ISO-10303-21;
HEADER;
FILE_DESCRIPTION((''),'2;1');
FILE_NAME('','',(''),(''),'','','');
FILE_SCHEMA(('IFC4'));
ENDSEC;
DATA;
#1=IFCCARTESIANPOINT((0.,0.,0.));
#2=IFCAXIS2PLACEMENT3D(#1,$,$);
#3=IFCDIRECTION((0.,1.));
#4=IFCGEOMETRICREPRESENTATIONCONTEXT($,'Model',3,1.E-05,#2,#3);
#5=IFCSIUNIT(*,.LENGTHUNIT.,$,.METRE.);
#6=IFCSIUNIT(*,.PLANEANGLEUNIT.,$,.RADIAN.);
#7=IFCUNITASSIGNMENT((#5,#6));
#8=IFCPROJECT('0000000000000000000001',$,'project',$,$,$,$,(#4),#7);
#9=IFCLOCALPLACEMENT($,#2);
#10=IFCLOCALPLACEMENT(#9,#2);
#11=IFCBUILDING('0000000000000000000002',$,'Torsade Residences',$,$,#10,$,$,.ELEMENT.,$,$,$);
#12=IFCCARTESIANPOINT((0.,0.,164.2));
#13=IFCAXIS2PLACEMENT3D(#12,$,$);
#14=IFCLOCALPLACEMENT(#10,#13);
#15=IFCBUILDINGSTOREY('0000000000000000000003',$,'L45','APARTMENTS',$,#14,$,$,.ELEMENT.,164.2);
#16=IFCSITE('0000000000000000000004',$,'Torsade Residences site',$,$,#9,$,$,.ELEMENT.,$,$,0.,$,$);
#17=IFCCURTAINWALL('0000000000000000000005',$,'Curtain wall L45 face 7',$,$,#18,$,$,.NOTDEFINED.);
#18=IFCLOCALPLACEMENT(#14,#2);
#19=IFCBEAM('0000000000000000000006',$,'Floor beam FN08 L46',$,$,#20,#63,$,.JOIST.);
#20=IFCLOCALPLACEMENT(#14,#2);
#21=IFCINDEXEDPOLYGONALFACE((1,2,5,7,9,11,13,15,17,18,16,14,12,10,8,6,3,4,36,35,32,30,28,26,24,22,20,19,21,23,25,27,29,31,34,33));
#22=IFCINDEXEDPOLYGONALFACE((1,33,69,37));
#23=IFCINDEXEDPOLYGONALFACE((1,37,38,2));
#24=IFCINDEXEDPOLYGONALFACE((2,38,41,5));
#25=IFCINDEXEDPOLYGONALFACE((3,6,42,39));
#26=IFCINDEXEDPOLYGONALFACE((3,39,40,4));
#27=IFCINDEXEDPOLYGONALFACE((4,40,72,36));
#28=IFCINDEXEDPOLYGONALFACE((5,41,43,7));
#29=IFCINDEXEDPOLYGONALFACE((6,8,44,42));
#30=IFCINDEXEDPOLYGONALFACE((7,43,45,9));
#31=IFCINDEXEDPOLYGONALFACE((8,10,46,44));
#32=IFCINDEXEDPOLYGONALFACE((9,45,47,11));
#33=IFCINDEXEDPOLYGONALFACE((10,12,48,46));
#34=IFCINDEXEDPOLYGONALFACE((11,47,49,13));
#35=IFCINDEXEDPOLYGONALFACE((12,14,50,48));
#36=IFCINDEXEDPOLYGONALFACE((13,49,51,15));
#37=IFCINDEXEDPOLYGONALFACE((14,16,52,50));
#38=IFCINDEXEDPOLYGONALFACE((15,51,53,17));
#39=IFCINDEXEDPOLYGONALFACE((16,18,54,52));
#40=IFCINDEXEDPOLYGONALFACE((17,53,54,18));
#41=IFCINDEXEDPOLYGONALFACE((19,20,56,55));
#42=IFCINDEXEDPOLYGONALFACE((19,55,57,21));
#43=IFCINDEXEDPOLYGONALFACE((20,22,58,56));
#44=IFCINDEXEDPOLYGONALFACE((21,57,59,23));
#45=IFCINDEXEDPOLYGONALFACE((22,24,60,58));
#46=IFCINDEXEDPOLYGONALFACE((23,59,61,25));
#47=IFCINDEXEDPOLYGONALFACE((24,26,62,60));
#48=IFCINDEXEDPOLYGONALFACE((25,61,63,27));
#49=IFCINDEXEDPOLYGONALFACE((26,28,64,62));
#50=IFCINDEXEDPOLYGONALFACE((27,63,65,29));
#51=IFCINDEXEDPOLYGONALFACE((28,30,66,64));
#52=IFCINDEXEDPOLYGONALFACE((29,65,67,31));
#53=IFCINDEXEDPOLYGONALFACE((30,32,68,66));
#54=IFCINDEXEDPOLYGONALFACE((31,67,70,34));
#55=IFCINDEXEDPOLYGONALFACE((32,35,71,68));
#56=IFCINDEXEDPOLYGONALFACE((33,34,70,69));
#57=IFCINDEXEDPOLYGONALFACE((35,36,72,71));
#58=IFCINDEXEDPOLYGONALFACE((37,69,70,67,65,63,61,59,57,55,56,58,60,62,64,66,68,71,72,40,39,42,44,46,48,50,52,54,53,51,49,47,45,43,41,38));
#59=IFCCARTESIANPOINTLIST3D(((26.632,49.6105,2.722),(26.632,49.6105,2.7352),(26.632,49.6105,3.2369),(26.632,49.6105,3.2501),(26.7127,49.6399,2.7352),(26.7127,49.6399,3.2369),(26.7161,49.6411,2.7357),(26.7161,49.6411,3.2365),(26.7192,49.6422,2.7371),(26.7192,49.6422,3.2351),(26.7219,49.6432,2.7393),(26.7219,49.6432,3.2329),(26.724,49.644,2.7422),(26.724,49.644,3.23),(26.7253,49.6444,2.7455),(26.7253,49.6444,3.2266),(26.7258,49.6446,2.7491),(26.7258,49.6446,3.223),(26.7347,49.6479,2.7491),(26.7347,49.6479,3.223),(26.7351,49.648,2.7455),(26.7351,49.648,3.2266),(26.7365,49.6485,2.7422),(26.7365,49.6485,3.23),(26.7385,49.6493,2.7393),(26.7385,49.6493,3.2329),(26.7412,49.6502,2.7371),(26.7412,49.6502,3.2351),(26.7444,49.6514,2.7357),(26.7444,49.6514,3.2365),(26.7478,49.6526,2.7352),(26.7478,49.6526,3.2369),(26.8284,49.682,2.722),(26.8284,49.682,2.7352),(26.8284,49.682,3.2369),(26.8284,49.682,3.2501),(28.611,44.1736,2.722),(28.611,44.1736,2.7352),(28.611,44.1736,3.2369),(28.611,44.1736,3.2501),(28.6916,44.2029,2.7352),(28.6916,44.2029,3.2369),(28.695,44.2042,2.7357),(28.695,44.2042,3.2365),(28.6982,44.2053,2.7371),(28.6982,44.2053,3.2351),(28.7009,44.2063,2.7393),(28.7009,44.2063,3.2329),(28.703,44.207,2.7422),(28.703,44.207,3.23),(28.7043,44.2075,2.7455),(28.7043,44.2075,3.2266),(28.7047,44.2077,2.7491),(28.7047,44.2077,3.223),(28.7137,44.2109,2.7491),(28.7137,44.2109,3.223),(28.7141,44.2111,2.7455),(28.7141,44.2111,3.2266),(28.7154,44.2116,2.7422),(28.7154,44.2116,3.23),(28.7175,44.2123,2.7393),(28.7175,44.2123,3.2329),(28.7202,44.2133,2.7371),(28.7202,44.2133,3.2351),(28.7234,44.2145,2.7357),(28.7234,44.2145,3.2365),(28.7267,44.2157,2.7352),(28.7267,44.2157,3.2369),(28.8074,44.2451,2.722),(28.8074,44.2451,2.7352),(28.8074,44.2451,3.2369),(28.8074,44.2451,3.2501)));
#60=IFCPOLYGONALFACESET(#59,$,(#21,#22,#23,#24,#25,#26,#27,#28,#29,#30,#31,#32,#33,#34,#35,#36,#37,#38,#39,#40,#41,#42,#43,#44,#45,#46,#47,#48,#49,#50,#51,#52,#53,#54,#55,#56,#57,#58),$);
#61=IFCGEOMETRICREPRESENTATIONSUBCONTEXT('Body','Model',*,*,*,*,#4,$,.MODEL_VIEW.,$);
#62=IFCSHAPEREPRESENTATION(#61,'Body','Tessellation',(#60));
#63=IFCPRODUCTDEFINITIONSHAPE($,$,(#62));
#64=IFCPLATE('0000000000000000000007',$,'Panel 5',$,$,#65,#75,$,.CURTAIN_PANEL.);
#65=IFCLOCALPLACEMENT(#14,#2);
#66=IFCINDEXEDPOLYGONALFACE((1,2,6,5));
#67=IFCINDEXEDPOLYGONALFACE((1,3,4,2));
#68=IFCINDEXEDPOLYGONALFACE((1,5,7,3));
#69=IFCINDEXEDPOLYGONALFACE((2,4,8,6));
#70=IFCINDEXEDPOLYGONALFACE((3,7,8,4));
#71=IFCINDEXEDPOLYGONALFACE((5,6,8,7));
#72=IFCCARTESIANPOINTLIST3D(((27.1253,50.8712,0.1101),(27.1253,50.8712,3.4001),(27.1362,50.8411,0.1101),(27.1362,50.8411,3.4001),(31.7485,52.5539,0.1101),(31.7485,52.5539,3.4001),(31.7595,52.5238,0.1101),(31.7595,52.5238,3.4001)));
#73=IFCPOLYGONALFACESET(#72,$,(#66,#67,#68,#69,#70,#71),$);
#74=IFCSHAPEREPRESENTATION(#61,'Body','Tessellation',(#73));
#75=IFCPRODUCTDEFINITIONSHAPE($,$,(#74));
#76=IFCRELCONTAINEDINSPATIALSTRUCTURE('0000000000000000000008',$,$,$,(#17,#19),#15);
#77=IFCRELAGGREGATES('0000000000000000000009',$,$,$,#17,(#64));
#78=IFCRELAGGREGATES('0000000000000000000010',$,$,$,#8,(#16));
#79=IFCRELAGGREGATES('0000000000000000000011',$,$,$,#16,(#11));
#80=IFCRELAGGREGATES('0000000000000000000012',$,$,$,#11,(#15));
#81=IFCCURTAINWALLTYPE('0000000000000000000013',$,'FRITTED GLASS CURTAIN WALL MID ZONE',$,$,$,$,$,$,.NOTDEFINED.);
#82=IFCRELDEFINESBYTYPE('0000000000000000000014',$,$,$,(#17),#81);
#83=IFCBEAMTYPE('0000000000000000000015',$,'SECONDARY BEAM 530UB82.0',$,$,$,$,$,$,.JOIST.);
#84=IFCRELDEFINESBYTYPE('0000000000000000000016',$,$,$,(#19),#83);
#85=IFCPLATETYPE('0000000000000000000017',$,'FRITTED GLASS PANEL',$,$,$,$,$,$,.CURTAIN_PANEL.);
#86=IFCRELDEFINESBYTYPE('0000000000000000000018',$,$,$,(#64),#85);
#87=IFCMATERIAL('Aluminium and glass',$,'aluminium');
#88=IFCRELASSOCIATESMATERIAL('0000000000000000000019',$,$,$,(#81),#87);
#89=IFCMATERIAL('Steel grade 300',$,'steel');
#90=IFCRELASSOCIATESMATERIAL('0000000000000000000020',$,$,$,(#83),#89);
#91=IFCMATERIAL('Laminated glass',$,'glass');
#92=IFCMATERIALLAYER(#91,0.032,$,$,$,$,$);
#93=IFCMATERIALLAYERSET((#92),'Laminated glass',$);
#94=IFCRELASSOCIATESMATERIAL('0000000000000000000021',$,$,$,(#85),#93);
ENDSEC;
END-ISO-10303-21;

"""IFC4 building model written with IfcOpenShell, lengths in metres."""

from ifc_helpers import new_model, si_unit, direction, frame, origin, origin_2d, place, context, subcontext, project, spatial, rectangle, i_section, extrude, material, layer, layer_set, material_profile, profile_set, type_object, element, aggregate, save


model = new_model("IFC4")

# Units and contexts
model_context = context("Model", 3, precision=1e-05, world=origin(), true_north=direction((0.0, 1.0)))
body_context = subcontext(model_context, "Body", "Model", "MODEL_VIEW")
ifc_project = project(units=[si_unit("LENGTHUNIT", "METRE"), si_unit("PLANEANGLEUNIT", "RADIAN")], contexts=[model_context])

# Site, building, storey
site_placement = place(None, origin())
site = spatial("IfcSite", under=ifc_project, at=site_placement, Name="Torsade Residences site", CompositionType="ELEMENT", RefElevation=0.0)
building_placement = place(site_placement, origin())
building = spatial("IfcBuilding", under=site, at=building_placement, Name="Torsade Residences", CompositionType="ELEMENT")
storey_placement = place(building_placement, frame((0.0, 0.0, 164.2)))
storey = spatial("IfcBuildingStorey", under=building, at=storey_placement, Name="L45", Description="APARTMENTS", CompositionType="ELEMENT", Elevation=164.2)

# Curtain wall
ifc_material_1 = material(Name="Aluminium and glass", Category="aluminium")
curtain_wall_type = type_object("IfcCurtainWallType", Name="FRITTED GLASS CURTAIN WALL MID ZONE", PredefinedType="NOTDEFINED", material=ifc_material_1)
curtain_wall_placement = place(storey_placement, origin())
curtain_wall = element("IfcCurtainWall", 1, at=curtain_wall_placement, inside=storey, type_object=curtain_wall_type, Name="Curtain wall L45 face 7", PredefinedType="NOTDEFINED")

# Beam
ifc_material_2 = material(Name="Steel grade 300", Category="steel")
ifc_material_profile_1 = material_profile(ifc_material_2, i_section(OverallWidth=0.209, OverallDepth=0.5281, WebThickness=0.0095, FlangeThickness=0.0132, FilletRadius=0.0139, at=origin_2d()), Name="530UB82.0")
ifc_profile_set_1 = profile_set([ifc_material_profile_1], Name="Steel grade 300")
beam_type_1 = type_object("IfcBeamType", Name="SECONDARY BEAM 530UB82.0", PredefinedType="JOIST", material=ifc_profile_set_1)
beam_1_placement = place(storey_placement, frame((26.7302, 49.6462, 2.9861), z_axis=(0.342034, -0.939687, 0.0), x_axis=(0.939687, 0.342034, 0.0)))
element("IfcBeam", 2, at=beam_1_placement, inside=storey, type_object=beam_type_1, Name="Floor beam FN08 L46", PredefinedType="JOIST", context=body_context, shape_type="SweptSolid", body=[
    extrude(i_section(OverallWidth=0.209, OverallDepth=0.5281, WebThickness=0.0095, FlangeThickness=0.0132, FilletRadius=0.0139, at=origin_2d()), origin(), (0.0, 0.0, 1.0), 5.7859),
])

# Plate
ifc_material_3 = material(Name="Laminated glass", Category="glass")
ifc_layer_1 = layer(ifc_material_3, 0.032)
ifc_layer_set_1 = layer_set([ifc_layer_1], Name="Laminated glass")
plate_type = type_object("IfcPlateType", Name="FRITTED GLASS PANEL", PredefinedType="CURTAIN_PANEL", material=ifc_layer_set_1)
plate_placement = place(storey_placement, frame((29.4424, 51.6975, 0.1101), z_axis=(0.0, 0.0, 1.0), x_axis=(-0.939693, -0.34202, 0.0)))
plate = element("IfcPlate", 3, at=plate_placement, type_object=plate_type, Name="Panel 5", PredefinedType="CURTAIN_PANEL", context=body_context, shape_type="SweptSolid", body=[
    extrude(rectangle(XDim=4.9199, YDim=0.032, at=origin_2d()), origin(), (0.0, 0.0, 1.0), 3.29),
])
aggregate(curtain_wall, [plate])

save(model, "model.ifc")
